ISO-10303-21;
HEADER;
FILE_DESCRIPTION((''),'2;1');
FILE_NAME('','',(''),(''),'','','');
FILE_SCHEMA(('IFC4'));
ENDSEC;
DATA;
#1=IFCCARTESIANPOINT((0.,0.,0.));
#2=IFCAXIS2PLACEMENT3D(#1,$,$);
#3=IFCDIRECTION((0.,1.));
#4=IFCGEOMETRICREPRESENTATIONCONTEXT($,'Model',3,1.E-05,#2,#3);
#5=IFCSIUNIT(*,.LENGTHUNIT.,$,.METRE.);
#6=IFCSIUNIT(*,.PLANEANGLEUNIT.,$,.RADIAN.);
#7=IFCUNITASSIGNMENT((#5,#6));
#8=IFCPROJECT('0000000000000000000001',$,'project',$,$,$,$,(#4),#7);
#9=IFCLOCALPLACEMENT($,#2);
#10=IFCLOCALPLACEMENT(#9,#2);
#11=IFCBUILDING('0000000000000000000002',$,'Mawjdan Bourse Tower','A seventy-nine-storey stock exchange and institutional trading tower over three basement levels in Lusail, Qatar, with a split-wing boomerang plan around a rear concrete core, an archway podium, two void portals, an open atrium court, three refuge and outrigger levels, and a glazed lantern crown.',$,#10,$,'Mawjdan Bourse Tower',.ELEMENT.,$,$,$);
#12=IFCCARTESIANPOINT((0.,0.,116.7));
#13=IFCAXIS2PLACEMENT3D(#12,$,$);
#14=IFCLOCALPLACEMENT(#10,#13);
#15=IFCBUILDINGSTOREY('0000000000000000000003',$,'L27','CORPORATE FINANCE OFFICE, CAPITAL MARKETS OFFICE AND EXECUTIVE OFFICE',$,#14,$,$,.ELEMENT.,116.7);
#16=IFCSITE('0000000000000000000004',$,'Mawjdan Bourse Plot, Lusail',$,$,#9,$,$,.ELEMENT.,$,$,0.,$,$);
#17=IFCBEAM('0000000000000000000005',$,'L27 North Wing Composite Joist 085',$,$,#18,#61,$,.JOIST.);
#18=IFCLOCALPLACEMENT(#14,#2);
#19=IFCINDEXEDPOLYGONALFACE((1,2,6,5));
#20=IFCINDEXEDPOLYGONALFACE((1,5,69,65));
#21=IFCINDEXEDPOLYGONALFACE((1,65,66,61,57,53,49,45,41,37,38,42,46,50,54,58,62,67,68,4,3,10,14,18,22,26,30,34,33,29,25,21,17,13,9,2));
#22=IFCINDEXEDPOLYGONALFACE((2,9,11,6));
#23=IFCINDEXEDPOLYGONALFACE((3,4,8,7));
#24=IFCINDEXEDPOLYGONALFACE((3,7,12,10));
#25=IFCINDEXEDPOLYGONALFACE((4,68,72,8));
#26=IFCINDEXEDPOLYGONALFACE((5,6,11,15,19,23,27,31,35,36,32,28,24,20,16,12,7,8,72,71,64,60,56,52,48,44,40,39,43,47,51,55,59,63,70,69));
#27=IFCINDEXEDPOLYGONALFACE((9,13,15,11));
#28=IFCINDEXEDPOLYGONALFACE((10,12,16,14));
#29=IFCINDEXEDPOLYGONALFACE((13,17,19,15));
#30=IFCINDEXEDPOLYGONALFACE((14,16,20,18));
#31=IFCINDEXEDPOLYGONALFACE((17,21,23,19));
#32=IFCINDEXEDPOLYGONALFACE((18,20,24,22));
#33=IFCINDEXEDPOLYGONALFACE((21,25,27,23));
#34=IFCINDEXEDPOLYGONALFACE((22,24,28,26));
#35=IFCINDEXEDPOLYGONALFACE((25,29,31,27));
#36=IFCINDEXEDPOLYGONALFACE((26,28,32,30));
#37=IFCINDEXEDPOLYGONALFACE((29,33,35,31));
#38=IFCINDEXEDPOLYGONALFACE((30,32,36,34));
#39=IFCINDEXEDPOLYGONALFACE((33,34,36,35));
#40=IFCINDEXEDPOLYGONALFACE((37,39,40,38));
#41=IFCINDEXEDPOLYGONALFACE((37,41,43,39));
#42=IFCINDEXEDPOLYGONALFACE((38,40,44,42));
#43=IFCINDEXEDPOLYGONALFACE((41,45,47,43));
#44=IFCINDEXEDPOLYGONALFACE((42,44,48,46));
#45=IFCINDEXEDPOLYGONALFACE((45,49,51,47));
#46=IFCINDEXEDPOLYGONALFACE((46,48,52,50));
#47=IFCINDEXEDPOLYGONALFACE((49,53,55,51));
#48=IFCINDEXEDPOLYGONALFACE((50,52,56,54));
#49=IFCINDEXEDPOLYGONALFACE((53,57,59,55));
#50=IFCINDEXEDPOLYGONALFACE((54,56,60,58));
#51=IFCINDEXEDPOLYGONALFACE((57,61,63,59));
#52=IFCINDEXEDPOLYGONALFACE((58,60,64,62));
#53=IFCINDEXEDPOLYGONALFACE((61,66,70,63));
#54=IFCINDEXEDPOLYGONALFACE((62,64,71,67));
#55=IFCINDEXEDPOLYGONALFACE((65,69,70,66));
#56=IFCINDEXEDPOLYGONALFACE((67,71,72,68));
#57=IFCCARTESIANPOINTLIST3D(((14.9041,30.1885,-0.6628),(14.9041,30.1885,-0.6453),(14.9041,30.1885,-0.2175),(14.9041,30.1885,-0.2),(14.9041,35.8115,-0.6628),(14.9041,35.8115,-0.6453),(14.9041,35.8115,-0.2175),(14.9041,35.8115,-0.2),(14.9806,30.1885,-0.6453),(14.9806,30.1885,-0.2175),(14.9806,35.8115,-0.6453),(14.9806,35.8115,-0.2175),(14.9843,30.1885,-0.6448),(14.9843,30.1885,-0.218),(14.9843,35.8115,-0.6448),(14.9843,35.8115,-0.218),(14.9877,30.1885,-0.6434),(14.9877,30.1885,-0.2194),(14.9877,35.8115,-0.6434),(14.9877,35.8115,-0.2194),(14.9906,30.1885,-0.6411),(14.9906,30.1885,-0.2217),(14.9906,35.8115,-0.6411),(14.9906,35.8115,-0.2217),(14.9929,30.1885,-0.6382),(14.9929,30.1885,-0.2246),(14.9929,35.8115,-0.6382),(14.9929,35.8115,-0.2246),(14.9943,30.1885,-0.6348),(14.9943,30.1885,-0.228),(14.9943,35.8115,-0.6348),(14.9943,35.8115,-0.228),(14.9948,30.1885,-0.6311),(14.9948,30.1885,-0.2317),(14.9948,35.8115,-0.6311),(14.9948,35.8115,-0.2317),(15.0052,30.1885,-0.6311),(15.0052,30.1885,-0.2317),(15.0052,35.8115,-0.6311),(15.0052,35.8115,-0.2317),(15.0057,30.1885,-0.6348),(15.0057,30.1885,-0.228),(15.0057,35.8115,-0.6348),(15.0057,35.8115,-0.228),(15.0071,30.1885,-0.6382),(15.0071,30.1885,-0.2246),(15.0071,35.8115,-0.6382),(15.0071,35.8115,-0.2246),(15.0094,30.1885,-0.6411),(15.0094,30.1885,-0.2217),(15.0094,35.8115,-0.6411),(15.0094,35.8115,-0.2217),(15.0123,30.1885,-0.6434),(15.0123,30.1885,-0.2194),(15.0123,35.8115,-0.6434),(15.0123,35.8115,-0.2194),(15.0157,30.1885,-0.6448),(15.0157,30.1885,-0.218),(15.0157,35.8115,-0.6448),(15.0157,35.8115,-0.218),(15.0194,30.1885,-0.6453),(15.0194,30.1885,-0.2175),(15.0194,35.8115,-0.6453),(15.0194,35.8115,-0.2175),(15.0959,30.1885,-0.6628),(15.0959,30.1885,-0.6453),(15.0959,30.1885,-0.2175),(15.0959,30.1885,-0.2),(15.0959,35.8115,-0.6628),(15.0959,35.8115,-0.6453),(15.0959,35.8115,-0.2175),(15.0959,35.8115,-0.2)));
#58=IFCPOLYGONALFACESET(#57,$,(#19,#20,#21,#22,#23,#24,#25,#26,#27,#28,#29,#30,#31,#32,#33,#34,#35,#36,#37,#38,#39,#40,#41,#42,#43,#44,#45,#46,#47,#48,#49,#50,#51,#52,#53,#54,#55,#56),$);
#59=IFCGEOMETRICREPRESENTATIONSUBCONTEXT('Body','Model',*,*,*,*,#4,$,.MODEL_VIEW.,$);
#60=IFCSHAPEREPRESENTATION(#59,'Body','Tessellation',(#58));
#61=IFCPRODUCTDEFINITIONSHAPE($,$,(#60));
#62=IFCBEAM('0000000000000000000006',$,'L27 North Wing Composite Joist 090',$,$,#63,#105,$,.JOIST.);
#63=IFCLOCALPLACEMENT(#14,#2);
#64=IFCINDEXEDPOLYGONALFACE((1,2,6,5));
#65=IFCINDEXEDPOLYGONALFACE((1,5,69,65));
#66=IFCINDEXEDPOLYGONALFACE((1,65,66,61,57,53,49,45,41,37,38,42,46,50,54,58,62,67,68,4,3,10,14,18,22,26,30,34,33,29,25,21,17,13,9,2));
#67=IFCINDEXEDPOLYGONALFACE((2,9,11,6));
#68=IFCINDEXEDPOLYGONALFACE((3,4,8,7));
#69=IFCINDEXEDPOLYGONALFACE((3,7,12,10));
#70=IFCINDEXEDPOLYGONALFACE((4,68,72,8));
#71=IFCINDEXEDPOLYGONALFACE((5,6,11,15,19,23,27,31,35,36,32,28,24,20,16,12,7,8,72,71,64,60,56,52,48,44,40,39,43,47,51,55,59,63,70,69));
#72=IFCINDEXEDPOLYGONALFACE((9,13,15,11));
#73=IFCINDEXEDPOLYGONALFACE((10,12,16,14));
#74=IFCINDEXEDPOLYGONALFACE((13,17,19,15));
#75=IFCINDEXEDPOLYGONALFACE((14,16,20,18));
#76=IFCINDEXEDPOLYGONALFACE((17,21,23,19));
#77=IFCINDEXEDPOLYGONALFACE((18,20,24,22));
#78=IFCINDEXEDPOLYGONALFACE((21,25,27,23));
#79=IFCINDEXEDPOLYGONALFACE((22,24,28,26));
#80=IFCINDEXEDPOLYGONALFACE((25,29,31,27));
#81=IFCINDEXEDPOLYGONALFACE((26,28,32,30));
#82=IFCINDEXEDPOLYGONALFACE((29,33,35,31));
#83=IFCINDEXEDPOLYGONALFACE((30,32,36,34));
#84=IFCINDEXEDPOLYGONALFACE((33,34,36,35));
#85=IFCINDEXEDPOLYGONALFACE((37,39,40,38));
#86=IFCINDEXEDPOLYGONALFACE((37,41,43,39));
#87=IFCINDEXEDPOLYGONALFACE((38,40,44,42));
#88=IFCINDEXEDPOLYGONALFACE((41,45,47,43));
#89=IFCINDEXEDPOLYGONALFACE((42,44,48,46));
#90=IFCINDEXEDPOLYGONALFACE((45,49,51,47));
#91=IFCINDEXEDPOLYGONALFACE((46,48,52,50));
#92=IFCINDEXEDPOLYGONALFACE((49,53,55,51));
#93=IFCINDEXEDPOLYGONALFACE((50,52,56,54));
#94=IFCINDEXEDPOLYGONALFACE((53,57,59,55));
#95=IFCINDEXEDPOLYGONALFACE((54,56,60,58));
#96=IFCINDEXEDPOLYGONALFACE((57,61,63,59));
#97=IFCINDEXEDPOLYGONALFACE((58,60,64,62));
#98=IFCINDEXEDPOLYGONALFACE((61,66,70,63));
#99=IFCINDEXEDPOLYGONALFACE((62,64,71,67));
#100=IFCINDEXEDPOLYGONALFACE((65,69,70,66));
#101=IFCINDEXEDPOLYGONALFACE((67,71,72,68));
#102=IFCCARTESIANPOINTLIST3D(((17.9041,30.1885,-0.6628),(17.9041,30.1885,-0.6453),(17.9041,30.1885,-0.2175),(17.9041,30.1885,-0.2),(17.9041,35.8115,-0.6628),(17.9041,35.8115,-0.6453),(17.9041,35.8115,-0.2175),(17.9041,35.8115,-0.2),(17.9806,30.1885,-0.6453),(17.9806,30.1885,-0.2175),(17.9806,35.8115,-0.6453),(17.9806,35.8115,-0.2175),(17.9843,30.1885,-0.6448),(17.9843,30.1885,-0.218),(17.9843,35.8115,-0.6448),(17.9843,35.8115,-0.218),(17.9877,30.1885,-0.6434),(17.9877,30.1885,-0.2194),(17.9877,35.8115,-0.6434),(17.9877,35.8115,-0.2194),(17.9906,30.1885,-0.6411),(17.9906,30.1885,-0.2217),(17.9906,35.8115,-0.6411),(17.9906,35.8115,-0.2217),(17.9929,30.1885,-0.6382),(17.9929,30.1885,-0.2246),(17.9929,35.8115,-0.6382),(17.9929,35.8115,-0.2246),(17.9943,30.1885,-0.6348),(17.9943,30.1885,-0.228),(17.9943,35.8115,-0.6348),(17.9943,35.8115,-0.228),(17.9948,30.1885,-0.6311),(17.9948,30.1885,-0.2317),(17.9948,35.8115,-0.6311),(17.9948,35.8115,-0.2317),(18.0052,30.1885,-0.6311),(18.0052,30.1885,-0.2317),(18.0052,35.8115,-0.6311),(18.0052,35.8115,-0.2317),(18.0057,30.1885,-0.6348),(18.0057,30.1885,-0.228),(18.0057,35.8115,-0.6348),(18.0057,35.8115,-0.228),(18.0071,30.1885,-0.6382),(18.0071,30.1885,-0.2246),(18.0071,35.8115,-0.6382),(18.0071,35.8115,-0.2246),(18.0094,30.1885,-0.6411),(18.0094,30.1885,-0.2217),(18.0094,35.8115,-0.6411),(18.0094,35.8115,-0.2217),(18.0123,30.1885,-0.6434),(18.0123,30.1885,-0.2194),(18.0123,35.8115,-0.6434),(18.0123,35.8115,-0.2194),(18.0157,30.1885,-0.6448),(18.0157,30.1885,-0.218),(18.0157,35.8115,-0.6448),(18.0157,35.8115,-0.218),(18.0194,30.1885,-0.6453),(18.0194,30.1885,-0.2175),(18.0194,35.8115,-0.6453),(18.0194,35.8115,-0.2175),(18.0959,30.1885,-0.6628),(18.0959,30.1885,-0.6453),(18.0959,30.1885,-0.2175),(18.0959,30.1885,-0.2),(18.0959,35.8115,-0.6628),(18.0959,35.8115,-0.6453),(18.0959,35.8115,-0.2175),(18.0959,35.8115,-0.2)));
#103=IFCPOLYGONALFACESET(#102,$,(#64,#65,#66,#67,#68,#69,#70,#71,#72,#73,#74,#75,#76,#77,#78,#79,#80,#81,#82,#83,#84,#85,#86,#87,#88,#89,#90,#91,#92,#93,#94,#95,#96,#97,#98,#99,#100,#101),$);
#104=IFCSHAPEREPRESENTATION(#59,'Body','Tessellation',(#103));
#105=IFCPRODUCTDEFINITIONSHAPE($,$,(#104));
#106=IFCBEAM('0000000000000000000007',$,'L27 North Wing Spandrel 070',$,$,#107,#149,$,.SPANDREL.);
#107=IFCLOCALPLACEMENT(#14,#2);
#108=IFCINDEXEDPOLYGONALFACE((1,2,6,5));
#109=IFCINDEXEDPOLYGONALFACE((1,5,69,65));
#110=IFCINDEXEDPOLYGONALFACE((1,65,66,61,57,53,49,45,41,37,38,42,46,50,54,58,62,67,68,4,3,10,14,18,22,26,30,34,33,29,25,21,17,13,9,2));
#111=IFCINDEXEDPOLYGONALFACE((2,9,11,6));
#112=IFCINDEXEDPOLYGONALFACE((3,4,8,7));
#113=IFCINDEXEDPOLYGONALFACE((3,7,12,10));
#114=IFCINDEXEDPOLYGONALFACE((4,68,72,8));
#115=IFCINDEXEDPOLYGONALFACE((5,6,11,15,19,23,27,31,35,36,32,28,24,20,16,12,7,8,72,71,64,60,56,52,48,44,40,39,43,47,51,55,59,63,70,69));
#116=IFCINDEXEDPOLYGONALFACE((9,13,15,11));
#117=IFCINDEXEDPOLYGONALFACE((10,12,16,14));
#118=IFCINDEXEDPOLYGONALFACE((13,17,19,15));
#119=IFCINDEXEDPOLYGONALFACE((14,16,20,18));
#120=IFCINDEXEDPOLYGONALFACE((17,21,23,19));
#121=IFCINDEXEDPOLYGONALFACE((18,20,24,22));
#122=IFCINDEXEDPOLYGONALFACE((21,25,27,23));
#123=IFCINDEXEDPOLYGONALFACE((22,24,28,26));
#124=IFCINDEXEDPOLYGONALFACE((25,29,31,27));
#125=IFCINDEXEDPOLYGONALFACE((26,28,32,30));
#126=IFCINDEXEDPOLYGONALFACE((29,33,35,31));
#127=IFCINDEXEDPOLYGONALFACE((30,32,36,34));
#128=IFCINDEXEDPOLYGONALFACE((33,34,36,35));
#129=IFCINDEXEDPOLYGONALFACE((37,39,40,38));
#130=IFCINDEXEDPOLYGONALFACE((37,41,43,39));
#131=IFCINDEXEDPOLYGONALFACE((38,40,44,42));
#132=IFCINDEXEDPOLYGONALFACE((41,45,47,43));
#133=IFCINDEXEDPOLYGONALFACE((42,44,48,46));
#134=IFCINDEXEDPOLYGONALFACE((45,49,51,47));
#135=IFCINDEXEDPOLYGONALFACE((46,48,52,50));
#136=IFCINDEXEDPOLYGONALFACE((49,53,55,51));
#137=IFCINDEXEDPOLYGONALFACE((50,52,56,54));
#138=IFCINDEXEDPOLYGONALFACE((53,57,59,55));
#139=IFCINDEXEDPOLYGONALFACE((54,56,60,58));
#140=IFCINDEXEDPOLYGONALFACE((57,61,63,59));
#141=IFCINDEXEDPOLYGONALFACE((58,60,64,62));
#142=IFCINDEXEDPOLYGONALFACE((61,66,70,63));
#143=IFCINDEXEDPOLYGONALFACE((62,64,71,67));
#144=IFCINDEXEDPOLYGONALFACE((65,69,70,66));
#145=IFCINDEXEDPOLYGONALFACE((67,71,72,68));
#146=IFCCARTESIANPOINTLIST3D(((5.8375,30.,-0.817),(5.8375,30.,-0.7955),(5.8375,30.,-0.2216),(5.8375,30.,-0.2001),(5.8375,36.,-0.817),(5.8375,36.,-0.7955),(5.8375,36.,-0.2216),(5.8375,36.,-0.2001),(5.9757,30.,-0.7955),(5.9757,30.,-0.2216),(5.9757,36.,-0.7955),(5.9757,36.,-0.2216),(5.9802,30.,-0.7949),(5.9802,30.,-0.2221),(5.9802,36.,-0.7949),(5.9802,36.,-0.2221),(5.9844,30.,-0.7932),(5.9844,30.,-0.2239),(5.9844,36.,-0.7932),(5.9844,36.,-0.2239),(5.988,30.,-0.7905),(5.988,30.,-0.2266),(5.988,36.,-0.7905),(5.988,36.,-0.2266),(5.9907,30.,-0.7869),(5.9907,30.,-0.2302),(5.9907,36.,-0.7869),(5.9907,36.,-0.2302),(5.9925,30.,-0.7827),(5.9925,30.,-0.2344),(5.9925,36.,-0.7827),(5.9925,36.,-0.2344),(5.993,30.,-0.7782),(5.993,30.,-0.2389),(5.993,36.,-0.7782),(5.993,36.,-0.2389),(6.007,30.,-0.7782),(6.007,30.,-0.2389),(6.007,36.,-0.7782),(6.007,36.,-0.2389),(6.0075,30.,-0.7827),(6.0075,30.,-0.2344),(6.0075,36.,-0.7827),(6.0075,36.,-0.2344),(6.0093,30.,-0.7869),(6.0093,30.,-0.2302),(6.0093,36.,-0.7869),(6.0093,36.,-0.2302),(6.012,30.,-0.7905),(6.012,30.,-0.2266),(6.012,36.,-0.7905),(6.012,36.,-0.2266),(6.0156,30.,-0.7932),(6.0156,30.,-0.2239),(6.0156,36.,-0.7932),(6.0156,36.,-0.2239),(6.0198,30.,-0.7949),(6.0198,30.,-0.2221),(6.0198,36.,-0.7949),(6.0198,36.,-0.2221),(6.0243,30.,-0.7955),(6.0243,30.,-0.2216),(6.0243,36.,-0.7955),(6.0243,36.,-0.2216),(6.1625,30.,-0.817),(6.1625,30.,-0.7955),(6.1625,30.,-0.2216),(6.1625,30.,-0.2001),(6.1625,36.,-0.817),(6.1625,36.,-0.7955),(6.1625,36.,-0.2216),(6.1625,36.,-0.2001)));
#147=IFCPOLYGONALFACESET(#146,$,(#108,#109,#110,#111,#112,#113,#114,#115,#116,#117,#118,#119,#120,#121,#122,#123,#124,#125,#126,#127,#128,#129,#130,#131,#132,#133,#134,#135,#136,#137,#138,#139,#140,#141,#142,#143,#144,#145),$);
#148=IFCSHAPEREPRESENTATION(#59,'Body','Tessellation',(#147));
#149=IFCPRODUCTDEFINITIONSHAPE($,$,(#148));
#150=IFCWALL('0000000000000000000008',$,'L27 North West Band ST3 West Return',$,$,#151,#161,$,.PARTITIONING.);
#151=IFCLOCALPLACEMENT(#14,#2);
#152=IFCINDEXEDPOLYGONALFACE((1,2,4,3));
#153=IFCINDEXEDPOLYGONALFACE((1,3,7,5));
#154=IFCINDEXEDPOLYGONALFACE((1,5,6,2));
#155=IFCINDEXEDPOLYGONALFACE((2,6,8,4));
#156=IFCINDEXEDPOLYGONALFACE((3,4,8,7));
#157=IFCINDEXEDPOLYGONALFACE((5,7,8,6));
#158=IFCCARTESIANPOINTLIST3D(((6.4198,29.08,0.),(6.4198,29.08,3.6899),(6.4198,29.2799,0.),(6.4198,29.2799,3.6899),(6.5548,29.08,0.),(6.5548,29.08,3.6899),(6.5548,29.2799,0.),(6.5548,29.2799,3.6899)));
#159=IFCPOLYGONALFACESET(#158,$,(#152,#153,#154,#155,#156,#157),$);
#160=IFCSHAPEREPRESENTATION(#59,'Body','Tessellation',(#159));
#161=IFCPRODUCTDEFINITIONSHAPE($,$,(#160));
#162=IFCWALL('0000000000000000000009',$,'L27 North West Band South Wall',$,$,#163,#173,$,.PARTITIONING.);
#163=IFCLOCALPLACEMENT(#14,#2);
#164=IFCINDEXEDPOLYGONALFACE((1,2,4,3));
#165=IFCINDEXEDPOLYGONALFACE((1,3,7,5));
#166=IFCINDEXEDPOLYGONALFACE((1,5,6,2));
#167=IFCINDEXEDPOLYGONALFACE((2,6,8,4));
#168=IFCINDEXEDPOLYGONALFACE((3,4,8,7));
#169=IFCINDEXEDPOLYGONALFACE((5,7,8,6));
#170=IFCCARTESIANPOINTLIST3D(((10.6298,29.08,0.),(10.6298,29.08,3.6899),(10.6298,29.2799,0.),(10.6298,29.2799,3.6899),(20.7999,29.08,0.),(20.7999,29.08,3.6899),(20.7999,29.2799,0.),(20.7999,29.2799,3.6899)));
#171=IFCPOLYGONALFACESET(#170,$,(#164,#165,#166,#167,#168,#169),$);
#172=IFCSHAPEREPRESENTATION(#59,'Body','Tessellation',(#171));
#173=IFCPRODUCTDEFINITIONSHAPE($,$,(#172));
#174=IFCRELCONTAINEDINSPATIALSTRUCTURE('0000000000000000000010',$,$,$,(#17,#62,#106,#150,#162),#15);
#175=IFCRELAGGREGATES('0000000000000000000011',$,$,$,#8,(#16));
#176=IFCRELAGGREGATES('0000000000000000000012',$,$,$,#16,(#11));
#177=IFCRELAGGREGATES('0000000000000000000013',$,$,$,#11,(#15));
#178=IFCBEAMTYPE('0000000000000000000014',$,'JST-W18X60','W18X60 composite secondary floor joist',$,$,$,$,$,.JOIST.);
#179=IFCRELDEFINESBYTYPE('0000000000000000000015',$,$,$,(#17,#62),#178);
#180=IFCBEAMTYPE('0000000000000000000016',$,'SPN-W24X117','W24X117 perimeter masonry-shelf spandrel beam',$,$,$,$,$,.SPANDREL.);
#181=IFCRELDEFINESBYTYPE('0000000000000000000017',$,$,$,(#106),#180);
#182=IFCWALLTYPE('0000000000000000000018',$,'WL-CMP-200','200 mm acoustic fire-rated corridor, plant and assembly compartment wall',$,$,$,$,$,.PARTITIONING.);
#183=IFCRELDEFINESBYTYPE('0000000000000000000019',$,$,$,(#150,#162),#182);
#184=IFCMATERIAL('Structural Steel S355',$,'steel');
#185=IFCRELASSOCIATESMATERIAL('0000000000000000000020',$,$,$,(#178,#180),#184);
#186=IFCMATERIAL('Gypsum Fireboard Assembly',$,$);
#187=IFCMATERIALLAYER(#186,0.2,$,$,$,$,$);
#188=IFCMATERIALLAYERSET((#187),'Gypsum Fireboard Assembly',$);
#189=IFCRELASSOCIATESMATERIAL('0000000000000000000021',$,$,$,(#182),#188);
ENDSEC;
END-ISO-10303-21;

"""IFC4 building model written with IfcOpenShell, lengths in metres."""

from ifc_helpers import new_model, si_unit, direction, frame, frame_2d, origin, origin_2d, place, context, subcontext, project, spatial, rectangle, i_section, extrude, material, layer, layer_set, material_profile, profile_set, type_object, element, save


model = new_model("IFC4")

# Units and contexts
model_context = context("Model", 3, precision=1e-05, world=origin(), true_north=direction((0.0, 1.0)))
body_context = subcontext(model_context, "Body", "Model", "MODEL_VIEW")
ifc_project = project(units=[si_unit("LENGTHUNIT", "METRE"), si_unit("PLANEANGLEUNIT", "RADIAN")], contexts=[model_context])

# Site, building, storey
site_placement = place(None, origin())
site = spatial("IfcSite", under=ifc_project, at=site_placement, Name="Mawjdan Bourse Plot, Lusail", CompositionType="ELEMENT", RefElevation=0.0)
building_placement = place(site_placement, origin())
building = spatial("IfcBuilding", under=site, at=building_placement, Name="Mawjdan Bourse Tower", Description="A seventy-nine-storey stock exchange and institutional trading tower over three basement levels in Lusail, Qatar, with a split-wing boomerang plan around a rear concrete core, an archway podium, two void portals, an open atrium court, three refuge and outrigger levels, and a glazed lantern crown.", LongName="Mawjdan Bourse Tower", CompositionType="ELEMENT")
storey_placement = place(building_placement, frame((0.0, 0.0, 116.7)))
storey = spatial("IfcBuildingStorey", under=building, at=storey_placement, Name="L27", Description="CORPORATE FINANCE OFFICE, CAPITAL MARKETS OFFICE AND EXECUTIVE OFFICE", CompositionType="ELEMENT", Elevation=116.7)

# Beams
ifc_material_1 = material(Name="Structural Steel S355", Category="steel")
ifc_material_profile_1 = material_profile(ifc_material_1, i_section(OverallWidth=0.1919, OverallDepth=0.4629, WebThickness=0.0105, FlangeThickness=0.0176, FilletRadius=0.0142, at=origin_2d()), Name="W18X60")
ifc_profile_set_1 = profile_set([ifc_material_profile_1], Name="Structural Steel S355")
beam_type_1 = type_object("IfcBeamType", Name="JST-W18X60", Description="W18X60 composite secondary floor joist", PredefinedType="JOIST", material=ifc_profile_set_1)
for number, where, z_axis, x_axis, name in (
    (1, (15.0, 30.1885, -0.4314), (0.0, 1.0, 0.0), (-1.0, 0.0, 0.0), "L27 North Wing Composite Joist 085"),
    (2, (18.0, 30.1885, -0.4314), (0.0, 1.0, 0.0), (-1.0, 0.0, 0.0), "L27 North Wing Composite Joist 090"),
):
    element("IfcBeam", number, at=place(storey_placement, frame(where, z_axis=z_axis, x_axis=x_axis)), inside=storey, type_object=beam_type_1, Name=name, PredefinedType="JOIST", context=body_context, shape_type="SweptSolid", body=[
        extrude(i_section(OverallWidth=0.1919, OverallDepth=0.4629, WebThickness=0.0105, FlangeThickness=0.0176, FilletRadius=0.0142, at=origin_2d()), origin(), (0.0, 0.0, 1.0), 5.623),
    ])
ifc_material_profile_2 = material_profile(ifc_material_1, i_section(OverallWidth=0.325, OverallDepth=0.6169, WebThickness=0.0139, FlangeThickness=0.0215, FilletRadius=0.0173, at=origin_2d()), Name="W24X117")
ifc_profile_set_2 = profile_set([ifc_material_profile_2], Name="Structural Steel S355")
beam_type_2 = type_object("IfcBeamType", Name="SPN-W24X117", Description="W24X117 perimeter masonry-shelf spandrel beam", PredefinedType="SPANDREL", material=ifc_profile_set_2)
beam_placement = place(storey_placement, frame((6.0, 30.0, -0.5085), z_axis=(0.0, 1.0, 0.0), x_axis=(-1.0, 0.0, 0.0)))
element("IfcBeam", 3, at=beam_placement, inside=storey, type_object=beam_type_2, Name="L27 North Wing Spandrel 070", PredefinedType="SPANDREL", context=body_context, shape_type="SweptSolid", body=[
    extrude(i_section(OverallWidth=0.325, OverallDepth=0.6169, WebThickness=0.0139, FlangeThickness=0.0215, FilletRadius=0.0173, at=origin_2d()), origin(), (0.0, 0.0, 1.0), 6.0),
])

# Walls
ifc_material_2 = material(Name="Gypsum Fireboard Assembly")
ifc_layer_1 = layer(ifc_material_2, 0.2)
ifc_layer_set_1 = layer_set([ifc_layer_1], Name="Gypsum Fireboard Assembly")
wall_type_1 = type_object("IfcWallType", Name="WL-CMP-200", Description="200 mm acoustic fire-rated corridor, plant and assembly compartment wall", PredefinedType="PARTITIONING", material=ifc_layer_set_1)
wall_1_placement = place(storey_placement, frame((6.4199, 29.1799, 0.0), z_axis=(0.0, 0.0, 1.0), x_axis=(1.0, 0.0, 0.0)))
element("IfcWall", 4, at=wall_1_placement, inside=storey, type_object=wall_type_1, Name="L27 North West Band ST3 West Return", PredefinedType="PARTITIONING", context=body_context, shape_type="SweptSolid", body=[
    extrude(rectangle(XDim=0.135, YDim=0.2, at=frame_2d((0.0674, 0.0))), origin(), (0.0, 0.0, 1.0), 3.6899),
])
wall_2_placement = place(storey_placement, frame((10.6299, 29.1799, 0.0), z_axis=(0.0, 0.0, 1.0), x_axis=(1.0, 0.0, 0.0)))
element("IfcWall", 5, at=wall_2_placement, inside=storey, type_object=wall_type_1, Name="L27 North West Band South Wall", PredefinedType="PARTITIONING", context=body_context, shape_type="SweptSolid", body=[
    extrude(rectangle(XDim=10.1702, YDim=0.2, at=frame_2d((5.085, 0.0))), origin(), (0.0, 0.0, 1.0), 3.6899),
])

save(model, "model.ifc")
